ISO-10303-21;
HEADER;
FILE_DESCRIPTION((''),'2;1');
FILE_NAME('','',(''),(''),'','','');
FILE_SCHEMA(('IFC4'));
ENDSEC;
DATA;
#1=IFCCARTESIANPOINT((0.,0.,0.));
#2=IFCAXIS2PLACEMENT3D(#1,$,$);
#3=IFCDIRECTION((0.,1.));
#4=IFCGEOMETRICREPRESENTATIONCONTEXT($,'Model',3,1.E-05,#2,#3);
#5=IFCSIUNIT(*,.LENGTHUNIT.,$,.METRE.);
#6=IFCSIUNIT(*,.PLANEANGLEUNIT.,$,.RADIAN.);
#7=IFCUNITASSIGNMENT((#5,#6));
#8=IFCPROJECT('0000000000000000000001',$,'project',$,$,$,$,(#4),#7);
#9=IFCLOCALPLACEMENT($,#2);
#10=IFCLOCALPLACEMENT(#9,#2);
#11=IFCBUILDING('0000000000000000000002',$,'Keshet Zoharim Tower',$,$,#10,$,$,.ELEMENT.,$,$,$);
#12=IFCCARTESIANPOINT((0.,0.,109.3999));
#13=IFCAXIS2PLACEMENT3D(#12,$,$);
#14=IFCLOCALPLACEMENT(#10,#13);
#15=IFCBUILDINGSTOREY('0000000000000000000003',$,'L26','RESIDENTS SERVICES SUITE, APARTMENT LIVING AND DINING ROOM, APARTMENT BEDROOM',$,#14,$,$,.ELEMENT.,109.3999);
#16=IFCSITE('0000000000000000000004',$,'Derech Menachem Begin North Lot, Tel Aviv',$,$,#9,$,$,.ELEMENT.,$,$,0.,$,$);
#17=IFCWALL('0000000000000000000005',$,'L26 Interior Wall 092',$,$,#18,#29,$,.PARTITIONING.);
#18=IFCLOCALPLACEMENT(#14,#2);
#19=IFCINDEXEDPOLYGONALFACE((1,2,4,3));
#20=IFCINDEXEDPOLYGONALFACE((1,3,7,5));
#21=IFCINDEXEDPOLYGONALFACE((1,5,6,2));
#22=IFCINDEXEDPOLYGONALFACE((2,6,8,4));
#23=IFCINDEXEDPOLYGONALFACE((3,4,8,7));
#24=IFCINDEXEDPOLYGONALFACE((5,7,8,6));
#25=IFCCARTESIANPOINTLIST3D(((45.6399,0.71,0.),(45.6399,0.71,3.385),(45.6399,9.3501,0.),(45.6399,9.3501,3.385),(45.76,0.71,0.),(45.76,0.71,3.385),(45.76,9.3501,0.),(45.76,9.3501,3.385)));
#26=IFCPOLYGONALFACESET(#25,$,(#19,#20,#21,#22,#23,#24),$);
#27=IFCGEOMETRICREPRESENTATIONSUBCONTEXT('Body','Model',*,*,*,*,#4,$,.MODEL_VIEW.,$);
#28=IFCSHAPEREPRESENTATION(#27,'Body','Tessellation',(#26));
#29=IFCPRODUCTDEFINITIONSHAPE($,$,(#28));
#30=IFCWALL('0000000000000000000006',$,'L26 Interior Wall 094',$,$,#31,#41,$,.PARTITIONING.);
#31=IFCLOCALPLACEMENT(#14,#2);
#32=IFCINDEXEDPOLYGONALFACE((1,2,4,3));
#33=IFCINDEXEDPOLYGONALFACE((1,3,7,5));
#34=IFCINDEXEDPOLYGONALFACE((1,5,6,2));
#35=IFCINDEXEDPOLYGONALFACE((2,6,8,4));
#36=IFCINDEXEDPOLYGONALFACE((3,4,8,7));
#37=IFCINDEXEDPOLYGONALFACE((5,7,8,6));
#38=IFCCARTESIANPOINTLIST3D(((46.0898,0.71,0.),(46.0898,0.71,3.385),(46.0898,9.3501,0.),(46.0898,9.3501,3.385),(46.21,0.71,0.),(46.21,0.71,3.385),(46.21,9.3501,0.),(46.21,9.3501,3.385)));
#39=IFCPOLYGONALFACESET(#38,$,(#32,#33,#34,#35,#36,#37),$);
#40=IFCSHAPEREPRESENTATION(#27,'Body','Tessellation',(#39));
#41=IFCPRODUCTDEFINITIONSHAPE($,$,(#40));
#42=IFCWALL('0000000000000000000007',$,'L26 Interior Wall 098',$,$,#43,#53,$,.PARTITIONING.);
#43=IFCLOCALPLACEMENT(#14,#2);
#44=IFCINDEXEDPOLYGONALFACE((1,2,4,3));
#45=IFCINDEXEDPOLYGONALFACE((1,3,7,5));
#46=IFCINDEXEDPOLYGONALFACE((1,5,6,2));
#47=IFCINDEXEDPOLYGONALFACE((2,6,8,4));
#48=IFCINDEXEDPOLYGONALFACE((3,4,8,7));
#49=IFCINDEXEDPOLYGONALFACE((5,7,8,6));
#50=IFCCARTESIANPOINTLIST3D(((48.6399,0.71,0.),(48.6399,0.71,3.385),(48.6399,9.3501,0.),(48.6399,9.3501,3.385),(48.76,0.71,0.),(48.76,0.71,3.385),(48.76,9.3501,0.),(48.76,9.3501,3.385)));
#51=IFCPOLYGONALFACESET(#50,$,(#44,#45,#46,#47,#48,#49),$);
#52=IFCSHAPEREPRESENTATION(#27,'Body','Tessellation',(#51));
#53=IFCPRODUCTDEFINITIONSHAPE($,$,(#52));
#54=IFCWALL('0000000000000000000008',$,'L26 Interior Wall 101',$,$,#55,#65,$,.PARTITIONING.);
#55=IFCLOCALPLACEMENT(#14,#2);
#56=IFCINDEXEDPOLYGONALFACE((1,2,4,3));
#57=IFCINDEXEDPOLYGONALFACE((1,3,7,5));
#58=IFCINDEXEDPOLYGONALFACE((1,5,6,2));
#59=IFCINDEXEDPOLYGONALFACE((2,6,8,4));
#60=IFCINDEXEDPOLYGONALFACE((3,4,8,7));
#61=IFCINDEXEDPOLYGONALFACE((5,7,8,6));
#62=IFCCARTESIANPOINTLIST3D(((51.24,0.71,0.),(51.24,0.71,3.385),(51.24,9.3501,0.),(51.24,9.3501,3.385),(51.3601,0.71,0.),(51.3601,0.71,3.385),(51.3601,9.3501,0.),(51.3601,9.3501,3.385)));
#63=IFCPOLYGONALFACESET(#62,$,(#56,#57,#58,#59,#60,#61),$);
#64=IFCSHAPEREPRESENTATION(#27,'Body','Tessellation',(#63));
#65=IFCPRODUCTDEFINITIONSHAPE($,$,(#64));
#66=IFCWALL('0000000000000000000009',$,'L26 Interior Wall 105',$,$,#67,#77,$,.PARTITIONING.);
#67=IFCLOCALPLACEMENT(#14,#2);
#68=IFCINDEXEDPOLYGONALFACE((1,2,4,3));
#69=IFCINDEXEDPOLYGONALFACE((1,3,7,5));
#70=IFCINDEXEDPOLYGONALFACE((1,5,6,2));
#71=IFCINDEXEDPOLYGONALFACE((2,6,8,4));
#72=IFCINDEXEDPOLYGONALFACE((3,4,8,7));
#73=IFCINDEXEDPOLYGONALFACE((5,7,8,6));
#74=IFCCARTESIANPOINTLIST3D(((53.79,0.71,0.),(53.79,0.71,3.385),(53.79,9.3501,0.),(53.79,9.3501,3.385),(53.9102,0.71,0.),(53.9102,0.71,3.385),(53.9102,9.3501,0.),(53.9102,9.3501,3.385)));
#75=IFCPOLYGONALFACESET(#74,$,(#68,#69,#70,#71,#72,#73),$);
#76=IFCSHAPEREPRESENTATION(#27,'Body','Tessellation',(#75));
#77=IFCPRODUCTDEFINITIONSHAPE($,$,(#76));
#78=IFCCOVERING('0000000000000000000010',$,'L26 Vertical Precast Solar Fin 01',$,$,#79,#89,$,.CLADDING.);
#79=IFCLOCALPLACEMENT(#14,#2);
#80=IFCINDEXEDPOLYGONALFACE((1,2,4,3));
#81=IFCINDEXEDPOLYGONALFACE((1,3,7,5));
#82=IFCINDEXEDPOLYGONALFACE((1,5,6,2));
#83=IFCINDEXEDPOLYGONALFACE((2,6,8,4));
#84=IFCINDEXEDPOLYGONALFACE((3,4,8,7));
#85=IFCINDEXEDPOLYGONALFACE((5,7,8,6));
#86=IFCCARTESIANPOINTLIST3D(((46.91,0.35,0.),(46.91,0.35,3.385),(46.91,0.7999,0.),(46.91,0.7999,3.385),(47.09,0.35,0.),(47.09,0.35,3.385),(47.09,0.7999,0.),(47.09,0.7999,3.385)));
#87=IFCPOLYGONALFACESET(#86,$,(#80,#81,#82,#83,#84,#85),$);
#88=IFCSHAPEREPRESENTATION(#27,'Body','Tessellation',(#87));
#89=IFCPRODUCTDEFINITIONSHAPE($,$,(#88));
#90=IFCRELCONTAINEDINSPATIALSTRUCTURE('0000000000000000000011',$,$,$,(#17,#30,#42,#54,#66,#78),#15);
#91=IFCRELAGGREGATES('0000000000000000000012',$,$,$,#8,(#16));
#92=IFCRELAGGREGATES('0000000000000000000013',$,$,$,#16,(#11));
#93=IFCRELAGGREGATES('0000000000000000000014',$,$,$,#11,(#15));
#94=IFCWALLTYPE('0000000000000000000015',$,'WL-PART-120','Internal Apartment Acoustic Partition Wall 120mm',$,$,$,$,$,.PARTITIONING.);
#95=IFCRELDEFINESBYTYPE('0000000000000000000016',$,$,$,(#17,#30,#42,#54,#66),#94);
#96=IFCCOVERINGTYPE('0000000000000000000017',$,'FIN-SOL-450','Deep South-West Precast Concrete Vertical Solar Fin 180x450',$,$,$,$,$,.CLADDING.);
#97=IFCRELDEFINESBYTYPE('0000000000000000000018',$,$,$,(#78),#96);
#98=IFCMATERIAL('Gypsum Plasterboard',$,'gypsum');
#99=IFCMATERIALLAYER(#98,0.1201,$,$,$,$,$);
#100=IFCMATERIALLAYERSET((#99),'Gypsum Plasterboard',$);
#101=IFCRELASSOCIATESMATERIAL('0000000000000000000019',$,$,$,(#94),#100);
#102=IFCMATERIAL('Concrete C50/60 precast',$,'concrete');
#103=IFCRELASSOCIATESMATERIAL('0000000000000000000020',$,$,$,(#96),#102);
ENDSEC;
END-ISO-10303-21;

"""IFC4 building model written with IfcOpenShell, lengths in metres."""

from ifc_helpers import new_model, si_unit, direction, frame, frame_2d, origin, origin_2d, place, context, subcontext, project, spatial, rectangle, extrude, material, layer, layer_set, type_object, element, save


model = new_model("IFC4")

# Units and contexts
model_context = context("Model", 3, precision=1e-05, world=origin(), true_north=direction((0.0, 1.0)))
body_context = subcontext(model_context, "Body", "Model", "MODEL_VIEW")
ifc_project = project(units=[si_unit("LENGTHUNIT", "METRE"), si_unit("PLANEANGLEUNIT", "RADIAN")], contexts=[model_context])

# Site, building, storey
site_placement = place(None, origin())
site = spatial("IfcSite", under=ifc_project, at=site_placement, Name="Derech Menachem Begin North Lot, Tel Aviv", CompositionType="ELEMENT", RefElevation=0.0)
building_placement = place(site_placement, origin())
building = spatial("IfcBuilding", under=site, at=building_placement, Name="Keshet Zoharim Tower", CompositionType="ELEMENT")
storey_placement = place(building_placement, frame((0.0, 0.0, 109.3999)))
storey = spatial("IfcBuildingStorey", under=building, at=storey_placement, Name="L26", Description="RESIDENTS SERVICES SUITE, APARTMENT LIVING AND DINING ROOM, APARTMENT BEDROOM", CompositionType="ELEMENT", Elevation=109.3999)

# Walls
ifc_material_1 = material(Name="Gypsum Plasterboard", Category="gypsum")
ifc_layer_1 = layer(ifc_material_1, 0.1201)
ifc_layer_set_1 = layer_set([ifc_layer_1], Name="Gypsum Plasterboard")
wall_type = type_object("IfcWallType", Name="WL-PART-120", Description="Internal Apartment Acoustic Partition Wall 120mm", PredefinedType="PARTITIONING", material=ifc_layer_set_1)
for number, where, z_axis, x_axis, name in (
    (1, (45.7, 0.71, 0.0), (0.0, 0.0, 1.0), (0.0, 1.0, 0.0), "L26 Interior Wall 092"),
    (2, (46.1499, 0.71, 0.0), (0.0, 0.0, 1.0), (0.0, 1.0, 0.0), "L26 Interior Wall 094"),
    (3, (48.7, 0.71, 0.0), (0.0, 0.0, 1.0), (0.0, 1.0, 0.0), "L26 Interior Wall 098"),
    (4, (51.3, 0.71, 0.0), (0.0, 0.0, 1.0), (0.0, 1.0, 0.0), "L26 Interior Wall 101"),
    (5, (53.8501, 0.71, 0.0), (0.0, 0.0, 1.0), (0.0, 1.0, 0.0), "L26 Interior Wall 105"),
):
    element("IfcWall", number, at=place(storey_placement, frame(where, z_axis=z_axis, x_axis=x_axis)), inside=storey, type_object=wall_type, Name=name, PredefinedType="PARTITIONING", context=body_context, shape_type="SweptSolid", body=[
        extrude(rectangle(XDim=8.6401, YDim=0.1201, at=frame_2d((4.3201, 0.0))), origin(), (0.0, 0.0, 1.0), 3.385),
    ])

# Covering
ifc_material_2 = material(Name="Concrete C50/60 precast", Category="concrete")
covering_type = type_object("IfcCoveringType", Name="FIN-SOL-450", Description="Deep South-West Precast Concrete Vertical Solar Fin 180x450", PredefinedType="CLADDING", material=ifc_material_2)
covering_placement = place(storey_placement, frame((47.0, 0.575, 0.0), z_axis=(0.0, 0.0, 1.0), x_axis=(-1.0, 0.0, 0.0)))
element("IfcCovering", 6, at=covering_placement, inside=storey, type_object=covering_type, Name="L26 Vertical Precast Solar Fin 01", PredefinedType="CLADDING", context=body_context, shape_type="SweptSolid", body=[
    extrude(rectangle(XDim=0.1799, YDim=0.45, at=origin_2d()), origin(), (0.0, 0.0, 1.0), 3.385),
])

save(model, "model.ifc")
